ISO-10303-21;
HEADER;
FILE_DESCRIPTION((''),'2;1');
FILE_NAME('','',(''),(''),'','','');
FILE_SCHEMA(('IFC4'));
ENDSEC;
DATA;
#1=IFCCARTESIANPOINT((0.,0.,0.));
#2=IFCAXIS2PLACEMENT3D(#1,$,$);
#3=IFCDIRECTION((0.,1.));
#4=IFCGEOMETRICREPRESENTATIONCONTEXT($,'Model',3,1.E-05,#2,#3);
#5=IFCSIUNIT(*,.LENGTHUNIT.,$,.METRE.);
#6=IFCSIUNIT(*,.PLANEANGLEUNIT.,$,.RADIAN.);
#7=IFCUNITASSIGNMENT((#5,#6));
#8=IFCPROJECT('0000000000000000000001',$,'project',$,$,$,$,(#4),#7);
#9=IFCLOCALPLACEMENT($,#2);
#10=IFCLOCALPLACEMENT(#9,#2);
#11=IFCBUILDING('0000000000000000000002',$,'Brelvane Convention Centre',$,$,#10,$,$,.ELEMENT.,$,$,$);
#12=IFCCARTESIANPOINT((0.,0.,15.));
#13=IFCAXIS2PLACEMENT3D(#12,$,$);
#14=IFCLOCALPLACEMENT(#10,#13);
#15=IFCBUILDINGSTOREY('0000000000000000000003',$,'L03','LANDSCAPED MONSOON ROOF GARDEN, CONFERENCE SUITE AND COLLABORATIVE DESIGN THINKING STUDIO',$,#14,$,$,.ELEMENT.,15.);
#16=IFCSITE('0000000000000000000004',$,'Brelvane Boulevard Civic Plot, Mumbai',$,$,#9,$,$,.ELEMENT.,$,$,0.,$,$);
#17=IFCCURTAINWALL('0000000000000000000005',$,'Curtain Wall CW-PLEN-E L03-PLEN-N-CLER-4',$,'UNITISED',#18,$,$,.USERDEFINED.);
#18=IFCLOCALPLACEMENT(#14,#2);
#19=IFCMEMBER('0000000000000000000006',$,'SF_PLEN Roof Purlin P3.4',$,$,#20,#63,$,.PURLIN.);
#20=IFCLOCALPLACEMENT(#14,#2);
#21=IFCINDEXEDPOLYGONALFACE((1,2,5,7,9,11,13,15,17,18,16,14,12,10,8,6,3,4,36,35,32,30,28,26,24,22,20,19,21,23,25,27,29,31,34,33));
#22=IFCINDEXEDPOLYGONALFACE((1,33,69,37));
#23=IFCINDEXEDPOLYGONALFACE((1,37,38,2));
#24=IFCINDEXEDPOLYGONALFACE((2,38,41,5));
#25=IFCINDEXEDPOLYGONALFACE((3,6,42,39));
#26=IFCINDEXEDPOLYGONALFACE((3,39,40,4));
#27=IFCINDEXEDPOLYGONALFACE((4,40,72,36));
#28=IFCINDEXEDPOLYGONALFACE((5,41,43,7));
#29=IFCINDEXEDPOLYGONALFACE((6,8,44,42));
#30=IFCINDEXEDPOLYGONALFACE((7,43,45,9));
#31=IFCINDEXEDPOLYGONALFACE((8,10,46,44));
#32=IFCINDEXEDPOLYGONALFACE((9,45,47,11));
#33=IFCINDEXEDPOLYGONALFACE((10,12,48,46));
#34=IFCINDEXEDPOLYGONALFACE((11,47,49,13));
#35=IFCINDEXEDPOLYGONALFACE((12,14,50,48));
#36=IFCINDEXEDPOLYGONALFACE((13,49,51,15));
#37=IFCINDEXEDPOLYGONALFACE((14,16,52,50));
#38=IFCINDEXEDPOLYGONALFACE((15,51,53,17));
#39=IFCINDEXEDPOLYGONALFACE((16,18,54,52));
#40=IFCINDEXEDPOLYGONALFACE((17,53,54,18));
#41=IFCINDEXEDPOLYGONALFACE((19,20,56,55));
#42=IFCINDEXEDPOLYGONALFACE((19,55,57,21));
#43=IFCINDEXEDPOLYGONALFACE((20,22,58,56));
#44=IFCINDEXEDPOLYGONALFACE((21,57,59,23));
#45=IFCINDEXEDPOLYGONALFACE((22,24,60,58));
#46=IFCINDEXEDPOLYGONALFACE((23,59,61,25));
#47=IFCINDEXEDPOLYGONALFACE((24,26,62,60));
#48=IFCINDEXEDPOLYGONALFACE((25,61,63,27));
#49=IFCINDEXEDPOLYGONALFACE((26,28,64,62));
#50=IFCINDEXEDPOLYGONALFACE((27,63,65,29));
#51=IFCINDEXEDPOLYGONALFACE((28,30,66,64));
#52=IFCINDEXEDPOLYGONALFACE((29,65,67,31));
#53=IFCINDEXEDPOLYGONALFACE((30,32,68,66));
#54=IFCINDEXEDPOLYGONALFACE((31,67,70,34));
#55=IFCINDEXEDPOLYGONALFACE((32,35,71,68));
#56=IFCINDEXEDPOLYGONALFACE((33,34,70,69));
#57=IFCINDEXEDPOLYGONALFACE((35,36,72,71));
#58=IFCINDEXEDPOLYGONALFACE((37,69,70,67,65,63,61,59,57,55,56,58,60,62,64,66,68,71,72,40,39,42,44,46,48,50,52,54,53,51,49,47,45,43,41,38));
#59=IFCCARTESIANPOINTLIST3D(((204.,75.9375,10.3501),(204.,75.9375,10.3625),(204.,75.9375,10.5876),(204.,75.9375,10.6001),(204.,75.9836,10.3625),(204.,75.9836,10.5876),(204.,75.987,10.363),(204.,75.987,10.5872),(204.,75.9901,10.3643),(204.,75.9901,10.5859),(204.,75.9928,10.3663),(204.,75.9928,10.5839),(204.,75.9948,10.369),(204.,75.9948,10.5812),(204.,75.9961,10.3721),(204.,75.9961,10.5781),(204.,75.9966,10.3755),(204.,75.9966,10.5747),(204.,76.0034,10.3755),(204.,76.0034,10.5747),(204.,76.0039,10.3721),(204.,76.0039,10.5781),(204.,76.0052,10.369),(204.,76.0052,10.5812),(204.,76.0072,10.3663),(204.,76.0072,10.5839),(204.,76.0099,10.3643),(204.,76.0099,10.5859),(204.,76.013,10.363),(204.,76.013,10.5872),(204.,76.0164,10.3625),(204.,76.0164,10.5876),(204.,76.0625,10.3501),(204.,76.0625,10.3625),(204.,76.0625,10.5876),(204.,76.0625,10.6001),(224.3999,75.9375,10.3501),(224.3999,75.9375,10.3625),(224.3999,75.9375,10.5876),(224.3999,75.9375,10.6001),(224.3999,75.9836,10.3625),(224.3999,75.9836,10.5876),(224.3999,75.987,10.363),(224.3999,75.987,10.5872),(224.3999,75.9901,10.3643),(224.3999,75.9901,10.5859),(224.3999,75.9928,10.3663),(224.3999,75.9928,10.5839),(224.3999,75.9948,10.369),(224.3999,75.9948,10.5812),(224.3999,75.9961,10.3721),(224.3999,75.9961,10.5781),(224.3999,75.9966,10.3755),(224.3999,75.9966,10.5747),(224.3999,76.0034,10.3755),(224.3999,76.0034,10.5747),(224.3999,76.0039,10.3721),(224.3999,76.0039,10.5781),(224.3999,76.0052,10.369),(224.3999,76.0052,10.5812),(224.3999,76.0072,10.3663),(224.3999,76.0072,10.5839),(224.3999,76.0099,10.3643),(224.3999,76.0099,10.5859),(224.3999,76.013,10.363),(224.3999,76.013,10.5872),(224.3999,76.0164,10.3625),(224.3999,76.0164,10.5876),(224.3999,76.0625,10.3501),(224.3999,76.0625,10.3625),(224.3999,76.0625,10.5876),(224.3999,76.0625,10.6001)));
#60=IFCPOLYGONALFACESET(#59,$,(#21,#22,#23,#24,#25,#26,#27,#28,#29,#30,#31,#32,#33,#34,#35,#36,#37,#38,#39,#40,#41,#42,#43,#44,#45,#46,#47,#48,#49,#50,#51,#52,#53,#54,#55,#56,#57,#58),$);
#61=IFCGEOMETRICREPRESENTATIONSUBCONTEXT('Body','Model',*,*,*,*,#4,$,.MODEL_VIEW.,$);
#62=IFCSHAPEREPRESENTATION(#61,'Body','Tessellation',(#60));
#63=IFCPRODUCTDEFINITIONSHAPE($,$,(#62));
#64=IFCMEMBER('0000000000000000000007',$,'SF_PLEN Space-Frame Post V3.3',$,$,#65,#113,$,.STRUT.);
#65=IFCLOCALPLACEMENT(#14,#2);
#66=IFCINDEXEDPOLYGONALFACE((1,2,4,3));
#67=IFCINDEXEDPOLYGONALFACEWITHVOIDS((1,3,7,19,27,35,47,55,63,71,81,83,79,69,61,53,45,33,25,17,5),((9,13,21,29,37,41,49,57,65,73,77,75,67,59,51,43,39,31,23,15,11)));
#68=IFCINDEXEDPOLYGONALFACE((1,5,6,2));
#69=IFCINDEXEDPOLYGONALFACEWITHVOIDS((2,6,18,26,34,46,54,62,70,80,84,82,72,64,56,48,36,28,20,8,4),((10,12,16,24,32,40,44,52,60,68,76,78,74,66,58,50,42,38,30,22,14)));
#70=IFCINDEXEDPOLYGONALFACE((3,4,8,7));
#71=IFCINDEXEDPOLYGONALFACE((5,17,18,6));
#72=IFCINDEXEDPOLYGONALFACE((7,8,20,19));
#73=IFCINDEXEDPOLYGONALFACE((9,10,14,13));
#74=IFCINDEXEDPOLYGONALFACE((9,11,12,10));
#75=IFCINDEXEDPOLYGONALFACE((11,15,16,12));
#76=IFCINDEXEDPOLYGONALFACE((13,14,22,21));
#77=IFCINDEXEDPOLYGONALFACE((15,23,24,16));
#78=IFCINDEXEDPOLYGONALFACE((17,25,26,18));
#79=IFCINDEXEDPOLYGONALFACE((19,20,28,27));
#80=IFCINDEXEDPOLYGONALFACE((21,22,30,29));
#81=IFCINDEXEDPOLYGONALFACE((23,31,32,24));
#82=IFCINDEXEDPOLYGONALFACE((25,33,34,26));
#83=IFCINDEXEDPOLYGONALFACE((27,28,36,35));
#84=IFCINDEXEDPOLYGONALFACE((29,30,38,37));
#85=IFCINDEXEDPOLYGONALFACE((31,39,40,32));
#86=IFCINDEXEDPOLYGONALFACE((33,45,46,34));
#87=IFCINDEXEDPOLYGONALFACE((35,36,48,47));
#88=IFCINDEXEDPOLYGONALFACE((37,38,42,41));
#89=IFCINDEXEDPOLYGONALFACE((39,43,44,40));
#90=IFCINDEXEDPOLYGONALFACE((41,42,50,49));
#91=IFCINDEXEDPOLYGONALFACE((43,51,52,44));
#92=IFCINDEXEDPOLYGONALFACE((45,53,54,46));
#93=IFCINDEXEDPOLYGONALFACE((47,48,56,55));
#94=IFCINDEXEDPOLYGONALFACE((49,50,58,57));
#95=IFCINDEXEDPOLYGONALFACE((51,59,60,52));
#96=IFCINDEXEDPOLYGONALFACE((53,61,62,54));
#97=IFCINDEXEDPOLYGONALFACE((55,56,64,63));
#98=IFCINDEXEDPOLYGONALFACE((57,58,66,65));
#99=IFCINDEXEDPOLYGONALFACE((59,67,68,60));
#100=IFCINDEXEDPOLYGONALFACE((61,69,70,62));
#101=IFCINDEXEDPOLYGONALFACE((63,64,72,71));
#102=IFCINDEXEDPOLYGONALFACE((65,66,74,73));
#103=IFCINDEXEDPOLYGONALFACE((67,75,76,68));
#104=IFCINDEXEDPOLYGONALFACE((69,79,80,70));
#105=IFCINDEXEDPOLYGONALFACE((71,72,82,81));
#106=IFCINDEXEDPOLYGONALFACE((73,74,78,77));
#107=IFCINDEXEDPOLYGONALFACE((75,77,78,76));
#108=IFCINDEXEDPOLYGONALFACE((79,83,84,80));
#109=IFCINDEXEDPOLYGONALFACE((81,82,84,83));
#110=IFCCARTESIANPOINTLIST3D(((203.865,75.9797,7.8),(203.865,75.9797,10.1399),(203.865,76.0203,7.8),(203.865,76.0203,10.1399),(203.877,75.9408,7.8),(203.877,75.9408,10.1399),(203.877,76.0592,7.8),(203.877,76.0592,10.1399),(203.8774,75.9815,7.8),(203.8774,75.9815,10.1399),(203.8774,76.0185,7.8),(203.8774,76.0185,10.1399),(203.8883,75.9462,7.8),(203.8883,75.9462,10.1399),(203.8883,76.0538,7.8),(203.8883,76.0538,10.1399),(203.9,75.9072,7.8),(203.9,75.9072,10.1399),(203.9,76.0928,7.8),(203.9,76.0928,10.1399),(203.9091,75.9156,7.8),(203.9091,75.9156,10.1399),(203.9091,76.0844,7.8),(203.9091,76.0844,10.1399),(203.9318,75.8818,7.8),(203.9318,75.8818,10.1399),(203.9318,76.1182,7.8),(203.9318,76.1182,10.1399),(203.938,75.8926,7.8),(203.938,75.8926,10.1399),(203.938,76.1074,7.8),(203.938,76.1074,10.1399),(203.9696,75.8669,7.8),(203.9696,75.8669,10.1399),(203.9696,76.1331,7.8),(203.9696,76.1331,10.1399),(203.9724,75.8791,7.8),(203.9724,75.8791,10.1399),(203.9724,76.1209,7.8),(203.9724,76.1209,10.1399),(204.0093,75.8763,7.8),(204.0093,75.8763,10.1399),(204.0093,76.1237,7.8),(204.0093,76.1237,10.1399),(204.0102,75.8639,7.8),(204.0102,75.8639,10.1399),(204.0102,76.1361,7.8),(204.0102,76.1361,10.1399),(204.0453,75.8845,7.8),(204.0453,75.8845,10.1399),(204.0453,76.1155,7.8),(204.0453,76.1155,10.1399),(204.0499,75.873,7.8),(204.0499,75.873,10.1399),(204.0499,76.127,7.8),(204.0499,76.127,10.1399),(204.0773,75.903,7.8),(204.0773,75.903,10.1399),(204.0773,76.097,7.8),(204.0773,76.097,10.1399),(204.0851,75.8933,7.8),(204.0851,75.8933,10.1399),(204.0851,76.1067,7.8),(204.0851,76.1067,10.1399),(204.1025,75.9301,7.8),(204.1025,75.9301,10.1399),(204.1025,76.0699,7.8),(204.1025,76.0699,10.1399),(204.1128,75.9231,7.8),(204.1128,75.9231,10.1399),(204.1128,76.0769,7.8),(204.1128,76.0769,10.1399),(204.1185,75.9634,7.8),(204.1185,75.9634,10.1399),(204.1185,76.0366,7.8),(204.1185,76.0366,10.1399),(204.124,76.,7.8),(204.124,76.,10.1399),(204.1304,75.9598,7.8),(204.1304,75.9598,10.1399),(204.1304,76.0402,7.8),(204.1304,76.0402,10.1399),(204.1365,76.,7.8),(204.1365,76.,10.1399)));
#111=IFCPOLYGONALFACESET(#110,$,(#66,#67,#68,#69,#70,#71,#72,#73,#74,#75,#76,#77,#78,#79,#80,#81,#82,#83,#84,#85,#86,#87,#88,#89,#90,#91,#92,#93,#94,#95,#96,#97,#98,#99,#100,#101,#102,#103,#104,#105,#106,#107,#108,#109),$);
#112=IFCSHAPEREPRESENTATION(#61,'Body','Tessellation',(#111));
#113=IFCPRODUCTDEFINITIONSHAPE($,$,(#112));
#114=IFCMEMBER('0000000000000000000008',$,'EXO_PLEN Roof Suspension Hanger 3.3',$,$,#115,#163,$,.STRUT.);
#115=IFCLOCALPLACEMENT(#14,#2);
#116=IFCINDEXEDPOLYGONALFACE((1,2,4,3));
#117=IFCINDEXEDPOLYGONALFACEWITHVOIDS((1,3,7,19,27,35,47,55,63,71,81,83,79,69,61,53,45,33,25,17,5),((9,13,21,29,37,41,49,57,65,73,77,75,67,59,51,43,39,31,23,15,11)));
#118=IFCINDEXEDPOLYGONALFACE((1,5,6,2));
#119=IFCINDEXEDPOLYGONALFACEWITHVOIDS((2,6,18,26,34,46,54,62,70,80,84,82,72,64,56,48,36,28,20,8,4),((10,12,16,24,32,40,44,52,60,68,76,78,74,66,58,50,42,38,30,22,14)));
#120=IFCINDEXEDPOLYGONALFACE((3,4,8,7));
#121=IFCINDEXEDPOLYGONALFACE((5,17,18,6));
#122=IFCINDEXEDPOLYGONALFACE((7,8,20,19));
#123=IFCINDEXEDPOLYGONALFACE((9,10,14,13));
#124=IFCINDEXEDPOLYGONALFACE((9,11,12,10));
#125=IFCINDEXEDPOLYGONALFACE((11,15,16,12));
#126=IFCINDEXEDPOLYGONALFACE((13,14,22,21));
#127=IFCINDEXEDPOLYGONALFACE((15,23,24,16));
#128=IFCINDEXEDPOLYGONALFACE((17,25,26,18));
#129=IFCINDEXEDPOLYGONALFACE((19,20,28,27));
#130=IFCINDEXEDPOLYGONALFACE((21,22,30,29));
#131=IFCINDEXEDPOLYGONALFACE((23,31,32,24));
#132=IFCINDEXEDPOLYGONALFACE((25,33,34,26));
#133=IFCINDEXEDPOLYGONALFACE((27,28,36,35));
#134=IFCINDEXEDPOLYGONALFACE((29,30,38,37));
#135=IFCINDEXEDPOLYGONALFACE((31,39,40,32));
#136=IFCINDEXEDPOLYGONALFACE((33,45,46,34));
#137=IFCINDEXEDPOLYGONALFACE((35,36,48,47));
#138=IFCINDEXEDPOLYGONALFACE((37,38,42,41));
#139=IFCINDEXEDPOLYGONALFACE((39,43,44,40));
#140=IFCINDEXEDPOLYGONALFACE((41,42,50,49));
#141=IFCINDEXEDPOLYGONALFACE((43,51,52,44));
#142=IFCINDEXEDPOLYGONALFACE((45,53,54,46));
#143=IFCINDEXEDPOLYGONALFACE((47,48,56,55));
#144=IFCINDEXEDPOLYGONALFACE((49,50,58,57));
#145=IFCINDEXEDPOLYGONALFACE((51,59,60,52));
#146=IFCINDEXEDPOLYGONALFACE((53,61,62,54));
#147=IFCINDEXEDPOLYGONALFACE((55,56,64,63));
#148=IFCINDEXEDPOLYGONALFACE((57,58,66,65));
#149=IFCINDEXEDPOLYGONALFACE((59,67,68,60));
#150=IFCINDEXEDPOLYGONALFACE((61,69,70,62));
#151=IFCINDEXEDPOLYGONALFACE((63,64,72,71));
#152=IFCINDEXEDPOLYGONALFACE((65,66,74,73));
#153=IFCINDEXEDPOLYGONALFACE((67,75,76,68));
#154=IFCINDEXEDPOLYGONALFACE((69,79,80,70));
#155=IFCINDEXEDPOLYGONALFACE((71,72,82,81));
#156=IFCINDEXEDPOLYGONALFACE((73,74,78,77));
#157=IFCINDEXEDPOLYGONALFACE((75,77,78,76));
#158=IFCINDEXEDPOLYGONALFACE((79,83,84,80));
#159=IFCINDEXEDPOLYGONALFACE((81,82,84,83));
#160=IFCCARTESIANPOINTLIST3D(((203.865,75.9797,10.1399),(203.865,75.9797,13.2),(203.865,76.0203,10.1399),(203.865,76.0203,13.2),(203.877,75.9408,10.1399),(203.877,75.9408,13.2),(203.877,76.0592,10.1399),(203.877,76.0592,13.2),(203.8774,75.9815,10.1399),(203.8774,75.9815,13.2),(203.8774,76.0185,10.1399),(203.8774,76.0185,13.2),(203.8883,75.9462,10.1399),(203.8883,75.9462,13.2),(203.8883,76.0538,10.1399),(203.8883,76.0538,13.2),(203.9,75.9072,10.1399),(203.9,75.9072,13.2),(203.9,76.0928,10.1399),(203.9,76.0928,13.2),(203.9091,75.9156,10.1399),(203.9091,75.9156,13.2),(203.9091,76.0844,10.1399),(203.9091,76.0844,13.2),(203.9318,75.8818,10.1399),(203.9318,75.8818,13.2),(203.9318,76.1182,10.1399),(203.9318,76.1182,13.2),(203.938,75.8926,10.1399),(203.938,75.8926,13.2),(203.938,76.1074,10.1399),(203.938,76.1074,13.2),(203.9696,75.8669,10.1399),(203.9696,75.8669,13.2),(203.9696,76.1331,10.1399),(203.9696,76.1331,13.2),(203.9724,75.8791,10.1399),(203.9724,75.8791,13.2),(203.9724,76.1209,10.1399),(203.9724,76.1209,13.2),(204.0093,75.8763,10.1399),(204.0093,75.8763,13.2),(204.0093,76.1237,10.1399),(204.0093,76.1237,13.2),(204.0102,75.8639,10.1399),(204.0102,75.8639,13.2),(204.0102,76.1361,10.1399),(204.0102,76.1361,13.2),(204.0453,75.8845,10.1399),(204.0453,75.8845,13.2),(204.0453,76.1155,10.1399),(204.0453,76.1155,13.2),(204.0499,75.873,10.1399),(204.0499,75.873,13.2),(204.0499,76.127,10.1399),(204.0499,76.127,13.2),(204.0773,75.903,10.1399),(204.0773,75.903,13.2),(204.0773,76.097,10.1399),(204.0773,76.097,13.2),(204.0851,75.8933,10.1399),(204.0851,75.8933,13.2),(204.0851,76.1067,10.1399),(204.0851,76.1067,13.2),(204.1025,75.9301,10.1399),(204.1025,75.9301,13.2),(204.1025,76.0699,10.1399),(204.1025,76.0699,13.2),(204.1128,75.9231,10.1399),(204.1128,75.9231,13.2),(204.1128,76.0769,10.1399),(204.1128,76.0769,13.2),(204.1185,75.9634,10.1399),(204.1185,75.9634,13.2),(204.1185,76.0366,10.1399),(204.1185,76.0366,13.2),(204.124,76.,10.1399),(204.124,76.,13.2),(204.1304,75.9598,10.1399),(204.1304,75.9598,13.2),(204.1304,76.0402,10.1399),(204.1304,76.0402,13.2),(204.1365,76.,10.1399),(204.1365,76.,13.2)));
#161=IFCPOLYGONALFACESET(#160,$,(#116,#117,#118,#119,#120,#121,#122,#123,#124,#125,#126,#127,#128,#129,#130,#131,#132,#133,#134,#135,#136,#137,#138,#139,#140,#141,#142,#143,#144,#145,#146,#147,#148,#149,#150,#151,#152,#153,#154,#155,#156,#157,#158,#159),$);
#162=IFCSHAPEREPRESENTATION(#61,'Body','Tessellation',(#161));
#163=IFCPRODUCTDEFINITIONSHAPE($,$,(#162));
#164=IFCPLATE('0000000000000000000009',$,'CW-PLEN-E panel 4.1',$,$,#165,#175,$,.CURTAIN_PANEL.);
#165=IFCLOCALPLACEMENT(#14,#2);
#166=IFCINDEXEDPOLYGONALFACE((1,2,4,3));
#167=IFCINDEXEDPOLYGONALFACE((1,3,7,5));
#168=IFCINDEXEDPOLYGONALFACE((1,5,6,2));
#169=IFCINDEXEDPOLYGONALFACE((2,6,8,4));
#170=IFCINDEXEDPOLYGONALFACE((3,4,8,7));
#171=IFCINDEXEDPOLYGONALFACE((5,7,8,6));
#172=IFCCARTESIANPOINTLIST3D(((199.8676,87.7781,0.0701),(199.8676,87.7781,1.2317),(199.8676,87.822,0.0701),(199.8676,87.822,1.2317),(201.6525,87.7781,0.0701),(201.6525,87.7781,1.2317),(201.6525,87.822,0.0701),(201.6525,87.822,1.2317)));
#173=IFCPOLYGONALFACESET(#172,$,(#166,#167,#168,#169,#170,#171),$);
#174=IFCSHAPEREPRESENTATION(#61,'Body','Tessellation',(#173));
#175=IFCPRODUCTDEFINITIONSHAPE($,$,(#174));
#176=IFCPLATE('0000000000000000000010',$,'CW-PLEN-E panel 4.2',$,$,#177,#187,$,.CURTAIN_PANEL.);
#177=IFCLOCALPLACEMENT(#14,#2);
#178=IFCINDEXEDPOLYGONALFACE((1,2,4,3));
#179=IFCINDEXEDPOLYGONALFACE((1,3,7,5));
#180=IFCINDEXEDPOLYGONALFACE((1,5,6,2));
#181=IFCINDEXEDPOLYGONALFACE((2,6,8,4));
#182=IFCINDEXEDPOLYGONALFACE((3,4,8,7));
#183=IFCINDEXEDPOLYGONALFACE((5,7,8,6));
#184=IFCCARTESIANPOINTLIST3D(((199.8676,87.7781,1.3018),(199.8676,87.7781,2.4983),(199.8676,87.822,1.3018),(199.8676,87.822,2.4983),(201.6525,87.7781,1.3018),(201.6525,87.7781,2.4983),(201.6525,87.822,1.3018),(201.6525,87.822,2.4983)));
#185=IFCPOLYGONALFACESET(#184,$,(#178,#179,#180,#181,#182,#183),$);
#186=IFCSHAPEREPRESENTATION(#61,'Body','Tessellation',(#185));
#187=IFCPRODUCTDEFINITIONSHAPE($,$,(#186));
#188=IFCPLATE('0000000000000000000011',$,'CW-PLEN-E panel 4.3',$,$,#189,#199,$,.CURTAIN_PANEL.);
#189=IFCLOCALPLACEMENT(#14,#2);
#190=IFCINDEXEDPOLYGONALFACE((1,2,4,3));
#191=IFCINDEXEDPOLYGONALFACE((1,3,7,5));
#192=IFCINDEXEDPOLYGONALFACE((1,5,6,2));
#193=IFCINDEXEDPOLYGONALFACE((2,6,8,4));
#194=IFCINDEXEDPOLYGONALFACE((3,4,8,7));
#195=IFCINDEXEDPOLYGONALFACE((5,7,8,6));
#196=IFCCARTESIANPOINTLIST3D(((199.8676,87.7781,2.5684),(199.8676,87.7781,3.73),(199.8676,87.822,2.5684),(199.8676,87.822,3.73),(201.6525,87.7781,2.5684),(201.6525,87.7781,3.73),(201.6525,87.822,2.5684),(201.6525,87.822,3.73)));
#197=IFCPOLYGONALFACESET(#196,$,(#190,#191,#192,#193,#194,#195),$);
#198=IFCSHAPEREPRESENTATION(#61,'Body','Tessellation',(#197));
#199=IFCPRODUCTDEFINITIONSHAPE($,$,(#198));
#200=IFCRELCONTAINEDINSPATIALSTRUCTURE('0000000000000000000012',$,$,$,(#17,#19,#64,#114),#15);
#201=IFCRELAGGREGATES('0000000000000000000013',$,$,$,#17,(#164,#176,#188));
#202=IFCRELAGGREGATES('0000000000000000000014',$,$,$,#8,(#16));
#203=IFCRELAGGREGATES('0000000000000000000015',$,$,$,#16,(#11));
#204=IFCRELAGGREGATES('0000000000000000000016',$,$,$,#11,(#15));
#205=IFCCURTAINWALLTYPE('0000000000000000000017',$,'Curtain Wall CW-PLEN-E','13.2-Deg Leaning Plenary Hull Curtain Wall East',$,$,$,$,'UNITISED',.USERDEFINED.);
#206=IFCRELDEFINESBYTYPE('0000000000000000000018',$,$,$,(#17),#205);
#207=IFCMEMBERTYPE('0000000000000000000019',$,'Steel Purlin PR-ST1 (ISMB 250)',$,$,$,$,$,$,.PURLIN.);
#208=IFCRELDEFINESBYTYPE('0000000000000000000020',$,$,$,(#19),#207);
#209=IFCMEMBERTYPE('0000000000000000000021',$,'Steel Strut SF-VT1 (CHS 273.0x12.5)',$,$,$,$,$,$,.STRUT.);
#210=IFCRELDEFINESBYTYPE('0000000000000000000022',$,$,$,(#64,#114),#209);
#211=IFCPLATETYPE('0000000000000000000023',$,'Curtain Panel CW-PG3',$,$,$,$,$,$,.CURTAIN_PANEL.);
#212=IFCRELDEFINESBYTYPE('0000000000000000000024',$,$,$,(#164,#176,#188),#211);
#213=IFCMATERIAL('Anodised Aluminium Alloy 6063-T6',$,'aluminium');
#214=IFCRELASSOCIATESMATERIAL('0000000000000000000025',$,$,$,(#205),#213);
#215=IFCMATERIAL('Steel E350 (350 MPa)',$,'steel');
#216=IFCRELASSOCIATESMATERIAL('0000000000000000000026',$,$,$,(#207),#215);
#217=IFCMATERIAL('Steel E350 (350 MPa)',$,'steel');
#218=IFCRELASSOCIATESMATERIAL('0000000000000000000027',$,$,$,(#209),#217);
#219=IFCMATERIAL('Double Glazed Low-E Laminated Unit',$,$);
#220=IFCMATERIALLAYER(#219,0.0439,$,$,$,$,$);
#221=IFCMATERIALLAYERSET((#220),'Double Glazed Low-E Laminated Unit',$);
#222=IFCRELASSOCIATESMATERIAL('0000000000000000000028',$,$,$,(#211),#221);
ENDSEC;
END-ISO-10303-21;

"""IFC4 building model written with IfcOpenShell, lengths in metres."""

from ifc_helpers import new_model, si_unit, direction, frame, origin, origin_2d, place, context, subcontext, project, spatial, rectangle, hollow_circle, i_section, extrude, material, layer, layer_set, material_profile, profile_set, type_object, element, aggregate, save


model = new_model("IFC4")

# Units and contexts
model_context = context("Model", 3, precision=1e-05, world=origin(), true_north=direction((0.0, 1.0)))
body_context = subcontext(model_context, "Body", "Model", "MODEL_VIEW")
ifc_project = project(units=[si_unit("LENGTHUNIT", "METRE"), si_unit("PLANEANGLEUNIT", "RADIAN")], contexts=[model_context])

# Site, building, storey
site_placement = place(None, origin())
site = spatial("IfcSite", under=ifc_project, at=site_placement, Name="Brelvane Boulevard Civic Plot, Mumbai", CompositionType="ELEMENT", RefElevation=0.0)
building_placement = place(site_placement, origin())
building = spatial("IfcBuilding", under=site, at=building_placement, Name="Brelvane Convention Centre", CompositionType="ELEMENT")
storey_placement = place(building_placement, frame((0.0, 0.0, 15.0)))
storey = spatial("IfcBuildingStorey", under=building, at=storey_placement, Name="L03", Description="LANDSCAPED MONSOON ROOF GARDEN, CONFERENCE SUITE AND COLLABORATIVE DESIGN THINKING STUDIO", CompositionType="ELEMENT", Elevation=15.0)

# Curtain wall
ifc_material_1 = material(Name="Anodised Aluminium Alloy 6063-T6", Category="aluminium")
curtain_wall_type = type_object("IfcCurtainWallType", Name="Curtain Wall CW-PLEN-E", Description="13.2-Deg Leaning Plenary Hull Curtain Wall East", ElementType="UNITISED", PredefinedType="USERDEFINED", material=ifc_material_1)
curtain_wall_placement = place(storey_placement, origin())
curtain_wall = element("IfcCurtainWall", 1, at=curtain_wall_placement, inside=storey, type_object=curtain_wall_type, Name="Curtain Wall CW-PLEN-E L03-PLEN-N-CLER-4", ObjectType="UNITISED", PredefinedType="USERDEFINED")

# Members
ifc_material_2 = material(Name="Steel E350 (350 MPa)", Category="steel")
ifc_material_profile_1 = material_profile(ifc_material_2, i_section(OverallWidth=0.125, OverallDepth=0.25, WebThickness=0.0068, FlangeThickness=0.0125, FilletRadius=0.0129, at=origin_2d()), Name="ISMB 250")
ifc_profile_set_1 = profile_set([ifc_material_profile_1], Name="Steel E350 (350 MPa)")
member_type_1 = type_object("IfcMemberType", Name="Steel Purlin PR-ST1 (ISMB 250)", PredefinedType="PURLIN", material=ifc_profile_set_1)
member_1_placement = place(storey_placement, frame((204.0, 76.0, 10.4751), z_axis=(1.0, 0.0, 0.0), x_axis=(0.0, 1.0, 0.0)))
element("IfcMember", 2, at=member_1_placement, inside=storey, type_object=member_type_1, Name="SF_PLEN Roof Purlin P3.4", PredefinedType="PURLIN", context=body_context, shape_type="SweptSolid", body=[
    extrude(i_section(OverallWidth=0.125, OverallDepth=0.25, WebThickness=0.0068, FlangeThickness=0.0125, FilletRadius=0.0129, at=origin_2d()), origin(), (0.0, 0.0, 1.0), 20.3999),
])
ifc_material_3 = material(Name="Steel E350 (350 MPa)", Category="steel")
ifc_material_profile_2 = material_profile(ifc_material_3, hollow_circle(Radius=0.1365, WallThickness=0.0125, at=origin_2d()), Name="CHS 273.0x12.5")
ifc_profile_set_2 = profile_set([ifc_material_profile_2], Name="Steel E350 (350 MPa)")
member_type_2 = type_object("IfcMemberType", Name="Steel Strut SF-VT1 (CHS 273.0x12.5)", PredefinedType="STRUT", material=ifc_profile_set_2)
member_2_placement = place(storey_placement, frame((204.0, 76.0, 7.8), z_axis=(0.0, 0.0, 1.0), x_axis=(1.0, 0.0, 0.0)))
element("IfcMember", 3, at=member_2_placement, inside=storey, type_object=member_type_2, Name="SF_PLEN Space-Frame Post V3.3", PredefinedType="STRUT", context=body_context, shape_type="SweptSolid", body=[
    extrude(hollow_circle(Radius=0.1365, WallThickness=0.0125, at=origin_2d()), origin(), (0.0, 0.0, 1.0), 2.3398),
])
member_3_placement = place(storey_placement, frame((204.0, 76.0, 10.1399), z_axis=(0.0, 0.0, 1.0), x_axis=(1.0, 0.0, 0.0)))
element("IfcMember", 4, at=member_3_placement, inside=storey, type_object=member_type_2, Name="EXO_PLEN Roof Suspension Hanger 3.3", PredefinedType="STRUT", context=body_context, shape_type="SweptSolid", body=[
    extrude(hollow_circle(Radius=0.1365, WallThickness=0.0125, at=origin_2d()), origin(), (0.0, 0.0, 1.0), 3.0601),
])

# Plates
ifc_material_4 = material(Name="Double Glazed Low-E Laminated Unit")
ifc_layer_1 = layer(ifc_material_4, 0.0439)
ifc_layer_set_1 = layer_set([ifc_layer_1], Name="Double Glazed Low-E Laminated Unit")
plate_type_1 = type_object("IfcPlateType", Name="Curtain Panel CW-PG3", PredefinedType="CURTAIN_PANEL", material=ifc_layer_set_1)
plate_1_placement = place(storey_placement, frame((200.76, 87.8, 0.0701), z_axis=(0.0, 0.0, 1.0), x_axis=(1.0, 0.0, 0.0)))
plate_1 = element("IfcPlate", 5, at=plate_1_placement, type_object=plate_type_1, Name="CW-PLEN-E panel 4.1", PredefinedType="CURTAIN_PANEL", context=body_context, shape_type="SweptSolid", body=[
    extrude(rectangle(XDim=1.7849, YDim=0.0439, at=origin_2d()), origin(), (0.0, 0.0, 1.0), 1.1616),
])
plate_2_placement = place(storey_placement, frame((200.76, 87.8, 1.3018), z_axis=(0.0, 0.0, 1.0), x_axis=(1.0, 0.0, 0.0)))
plate_2 = element("IfcPlate", 6, at=plate_2_placement, type_object=plate_type_1, Name="CW-PLEN-E panel 4.2", PredefinedType="CURTAIN_PANEL", context=body_context, shape_type="SweptSolid", body=[
    extrude(rectangle(XDim=1.7849, YDim=0.0439, at=origin_2d()), origin(), (0.0, 0.0, 1.0), 1.1965),
])
plate_3_placement = place(storey_placement, frame((200.76, 87.8, 2.5684), z_axis=(0.0, 0.0, 1.0), x_axis=(1.0, 0.0, 0.0)))
plate_3 = element("IfcPlate", 7, at=plate_3_placement, type_object=plate_type_1, Name="CW-PLEN-E panel 4.3", PredefinedType="CURTAIN_PANEL", context=body_context, shape_type="SweptSolid", body=[
    extrude(rectangle(XDim=1.7849, YDim=0.0439, at=origin_2d()), origin(), (0.0, 0.0, 1.0), 1.1616),
])
aggregate(curtain_wall, [plate_1, plate_2, plate_3])

save(model, "model.ifc")
